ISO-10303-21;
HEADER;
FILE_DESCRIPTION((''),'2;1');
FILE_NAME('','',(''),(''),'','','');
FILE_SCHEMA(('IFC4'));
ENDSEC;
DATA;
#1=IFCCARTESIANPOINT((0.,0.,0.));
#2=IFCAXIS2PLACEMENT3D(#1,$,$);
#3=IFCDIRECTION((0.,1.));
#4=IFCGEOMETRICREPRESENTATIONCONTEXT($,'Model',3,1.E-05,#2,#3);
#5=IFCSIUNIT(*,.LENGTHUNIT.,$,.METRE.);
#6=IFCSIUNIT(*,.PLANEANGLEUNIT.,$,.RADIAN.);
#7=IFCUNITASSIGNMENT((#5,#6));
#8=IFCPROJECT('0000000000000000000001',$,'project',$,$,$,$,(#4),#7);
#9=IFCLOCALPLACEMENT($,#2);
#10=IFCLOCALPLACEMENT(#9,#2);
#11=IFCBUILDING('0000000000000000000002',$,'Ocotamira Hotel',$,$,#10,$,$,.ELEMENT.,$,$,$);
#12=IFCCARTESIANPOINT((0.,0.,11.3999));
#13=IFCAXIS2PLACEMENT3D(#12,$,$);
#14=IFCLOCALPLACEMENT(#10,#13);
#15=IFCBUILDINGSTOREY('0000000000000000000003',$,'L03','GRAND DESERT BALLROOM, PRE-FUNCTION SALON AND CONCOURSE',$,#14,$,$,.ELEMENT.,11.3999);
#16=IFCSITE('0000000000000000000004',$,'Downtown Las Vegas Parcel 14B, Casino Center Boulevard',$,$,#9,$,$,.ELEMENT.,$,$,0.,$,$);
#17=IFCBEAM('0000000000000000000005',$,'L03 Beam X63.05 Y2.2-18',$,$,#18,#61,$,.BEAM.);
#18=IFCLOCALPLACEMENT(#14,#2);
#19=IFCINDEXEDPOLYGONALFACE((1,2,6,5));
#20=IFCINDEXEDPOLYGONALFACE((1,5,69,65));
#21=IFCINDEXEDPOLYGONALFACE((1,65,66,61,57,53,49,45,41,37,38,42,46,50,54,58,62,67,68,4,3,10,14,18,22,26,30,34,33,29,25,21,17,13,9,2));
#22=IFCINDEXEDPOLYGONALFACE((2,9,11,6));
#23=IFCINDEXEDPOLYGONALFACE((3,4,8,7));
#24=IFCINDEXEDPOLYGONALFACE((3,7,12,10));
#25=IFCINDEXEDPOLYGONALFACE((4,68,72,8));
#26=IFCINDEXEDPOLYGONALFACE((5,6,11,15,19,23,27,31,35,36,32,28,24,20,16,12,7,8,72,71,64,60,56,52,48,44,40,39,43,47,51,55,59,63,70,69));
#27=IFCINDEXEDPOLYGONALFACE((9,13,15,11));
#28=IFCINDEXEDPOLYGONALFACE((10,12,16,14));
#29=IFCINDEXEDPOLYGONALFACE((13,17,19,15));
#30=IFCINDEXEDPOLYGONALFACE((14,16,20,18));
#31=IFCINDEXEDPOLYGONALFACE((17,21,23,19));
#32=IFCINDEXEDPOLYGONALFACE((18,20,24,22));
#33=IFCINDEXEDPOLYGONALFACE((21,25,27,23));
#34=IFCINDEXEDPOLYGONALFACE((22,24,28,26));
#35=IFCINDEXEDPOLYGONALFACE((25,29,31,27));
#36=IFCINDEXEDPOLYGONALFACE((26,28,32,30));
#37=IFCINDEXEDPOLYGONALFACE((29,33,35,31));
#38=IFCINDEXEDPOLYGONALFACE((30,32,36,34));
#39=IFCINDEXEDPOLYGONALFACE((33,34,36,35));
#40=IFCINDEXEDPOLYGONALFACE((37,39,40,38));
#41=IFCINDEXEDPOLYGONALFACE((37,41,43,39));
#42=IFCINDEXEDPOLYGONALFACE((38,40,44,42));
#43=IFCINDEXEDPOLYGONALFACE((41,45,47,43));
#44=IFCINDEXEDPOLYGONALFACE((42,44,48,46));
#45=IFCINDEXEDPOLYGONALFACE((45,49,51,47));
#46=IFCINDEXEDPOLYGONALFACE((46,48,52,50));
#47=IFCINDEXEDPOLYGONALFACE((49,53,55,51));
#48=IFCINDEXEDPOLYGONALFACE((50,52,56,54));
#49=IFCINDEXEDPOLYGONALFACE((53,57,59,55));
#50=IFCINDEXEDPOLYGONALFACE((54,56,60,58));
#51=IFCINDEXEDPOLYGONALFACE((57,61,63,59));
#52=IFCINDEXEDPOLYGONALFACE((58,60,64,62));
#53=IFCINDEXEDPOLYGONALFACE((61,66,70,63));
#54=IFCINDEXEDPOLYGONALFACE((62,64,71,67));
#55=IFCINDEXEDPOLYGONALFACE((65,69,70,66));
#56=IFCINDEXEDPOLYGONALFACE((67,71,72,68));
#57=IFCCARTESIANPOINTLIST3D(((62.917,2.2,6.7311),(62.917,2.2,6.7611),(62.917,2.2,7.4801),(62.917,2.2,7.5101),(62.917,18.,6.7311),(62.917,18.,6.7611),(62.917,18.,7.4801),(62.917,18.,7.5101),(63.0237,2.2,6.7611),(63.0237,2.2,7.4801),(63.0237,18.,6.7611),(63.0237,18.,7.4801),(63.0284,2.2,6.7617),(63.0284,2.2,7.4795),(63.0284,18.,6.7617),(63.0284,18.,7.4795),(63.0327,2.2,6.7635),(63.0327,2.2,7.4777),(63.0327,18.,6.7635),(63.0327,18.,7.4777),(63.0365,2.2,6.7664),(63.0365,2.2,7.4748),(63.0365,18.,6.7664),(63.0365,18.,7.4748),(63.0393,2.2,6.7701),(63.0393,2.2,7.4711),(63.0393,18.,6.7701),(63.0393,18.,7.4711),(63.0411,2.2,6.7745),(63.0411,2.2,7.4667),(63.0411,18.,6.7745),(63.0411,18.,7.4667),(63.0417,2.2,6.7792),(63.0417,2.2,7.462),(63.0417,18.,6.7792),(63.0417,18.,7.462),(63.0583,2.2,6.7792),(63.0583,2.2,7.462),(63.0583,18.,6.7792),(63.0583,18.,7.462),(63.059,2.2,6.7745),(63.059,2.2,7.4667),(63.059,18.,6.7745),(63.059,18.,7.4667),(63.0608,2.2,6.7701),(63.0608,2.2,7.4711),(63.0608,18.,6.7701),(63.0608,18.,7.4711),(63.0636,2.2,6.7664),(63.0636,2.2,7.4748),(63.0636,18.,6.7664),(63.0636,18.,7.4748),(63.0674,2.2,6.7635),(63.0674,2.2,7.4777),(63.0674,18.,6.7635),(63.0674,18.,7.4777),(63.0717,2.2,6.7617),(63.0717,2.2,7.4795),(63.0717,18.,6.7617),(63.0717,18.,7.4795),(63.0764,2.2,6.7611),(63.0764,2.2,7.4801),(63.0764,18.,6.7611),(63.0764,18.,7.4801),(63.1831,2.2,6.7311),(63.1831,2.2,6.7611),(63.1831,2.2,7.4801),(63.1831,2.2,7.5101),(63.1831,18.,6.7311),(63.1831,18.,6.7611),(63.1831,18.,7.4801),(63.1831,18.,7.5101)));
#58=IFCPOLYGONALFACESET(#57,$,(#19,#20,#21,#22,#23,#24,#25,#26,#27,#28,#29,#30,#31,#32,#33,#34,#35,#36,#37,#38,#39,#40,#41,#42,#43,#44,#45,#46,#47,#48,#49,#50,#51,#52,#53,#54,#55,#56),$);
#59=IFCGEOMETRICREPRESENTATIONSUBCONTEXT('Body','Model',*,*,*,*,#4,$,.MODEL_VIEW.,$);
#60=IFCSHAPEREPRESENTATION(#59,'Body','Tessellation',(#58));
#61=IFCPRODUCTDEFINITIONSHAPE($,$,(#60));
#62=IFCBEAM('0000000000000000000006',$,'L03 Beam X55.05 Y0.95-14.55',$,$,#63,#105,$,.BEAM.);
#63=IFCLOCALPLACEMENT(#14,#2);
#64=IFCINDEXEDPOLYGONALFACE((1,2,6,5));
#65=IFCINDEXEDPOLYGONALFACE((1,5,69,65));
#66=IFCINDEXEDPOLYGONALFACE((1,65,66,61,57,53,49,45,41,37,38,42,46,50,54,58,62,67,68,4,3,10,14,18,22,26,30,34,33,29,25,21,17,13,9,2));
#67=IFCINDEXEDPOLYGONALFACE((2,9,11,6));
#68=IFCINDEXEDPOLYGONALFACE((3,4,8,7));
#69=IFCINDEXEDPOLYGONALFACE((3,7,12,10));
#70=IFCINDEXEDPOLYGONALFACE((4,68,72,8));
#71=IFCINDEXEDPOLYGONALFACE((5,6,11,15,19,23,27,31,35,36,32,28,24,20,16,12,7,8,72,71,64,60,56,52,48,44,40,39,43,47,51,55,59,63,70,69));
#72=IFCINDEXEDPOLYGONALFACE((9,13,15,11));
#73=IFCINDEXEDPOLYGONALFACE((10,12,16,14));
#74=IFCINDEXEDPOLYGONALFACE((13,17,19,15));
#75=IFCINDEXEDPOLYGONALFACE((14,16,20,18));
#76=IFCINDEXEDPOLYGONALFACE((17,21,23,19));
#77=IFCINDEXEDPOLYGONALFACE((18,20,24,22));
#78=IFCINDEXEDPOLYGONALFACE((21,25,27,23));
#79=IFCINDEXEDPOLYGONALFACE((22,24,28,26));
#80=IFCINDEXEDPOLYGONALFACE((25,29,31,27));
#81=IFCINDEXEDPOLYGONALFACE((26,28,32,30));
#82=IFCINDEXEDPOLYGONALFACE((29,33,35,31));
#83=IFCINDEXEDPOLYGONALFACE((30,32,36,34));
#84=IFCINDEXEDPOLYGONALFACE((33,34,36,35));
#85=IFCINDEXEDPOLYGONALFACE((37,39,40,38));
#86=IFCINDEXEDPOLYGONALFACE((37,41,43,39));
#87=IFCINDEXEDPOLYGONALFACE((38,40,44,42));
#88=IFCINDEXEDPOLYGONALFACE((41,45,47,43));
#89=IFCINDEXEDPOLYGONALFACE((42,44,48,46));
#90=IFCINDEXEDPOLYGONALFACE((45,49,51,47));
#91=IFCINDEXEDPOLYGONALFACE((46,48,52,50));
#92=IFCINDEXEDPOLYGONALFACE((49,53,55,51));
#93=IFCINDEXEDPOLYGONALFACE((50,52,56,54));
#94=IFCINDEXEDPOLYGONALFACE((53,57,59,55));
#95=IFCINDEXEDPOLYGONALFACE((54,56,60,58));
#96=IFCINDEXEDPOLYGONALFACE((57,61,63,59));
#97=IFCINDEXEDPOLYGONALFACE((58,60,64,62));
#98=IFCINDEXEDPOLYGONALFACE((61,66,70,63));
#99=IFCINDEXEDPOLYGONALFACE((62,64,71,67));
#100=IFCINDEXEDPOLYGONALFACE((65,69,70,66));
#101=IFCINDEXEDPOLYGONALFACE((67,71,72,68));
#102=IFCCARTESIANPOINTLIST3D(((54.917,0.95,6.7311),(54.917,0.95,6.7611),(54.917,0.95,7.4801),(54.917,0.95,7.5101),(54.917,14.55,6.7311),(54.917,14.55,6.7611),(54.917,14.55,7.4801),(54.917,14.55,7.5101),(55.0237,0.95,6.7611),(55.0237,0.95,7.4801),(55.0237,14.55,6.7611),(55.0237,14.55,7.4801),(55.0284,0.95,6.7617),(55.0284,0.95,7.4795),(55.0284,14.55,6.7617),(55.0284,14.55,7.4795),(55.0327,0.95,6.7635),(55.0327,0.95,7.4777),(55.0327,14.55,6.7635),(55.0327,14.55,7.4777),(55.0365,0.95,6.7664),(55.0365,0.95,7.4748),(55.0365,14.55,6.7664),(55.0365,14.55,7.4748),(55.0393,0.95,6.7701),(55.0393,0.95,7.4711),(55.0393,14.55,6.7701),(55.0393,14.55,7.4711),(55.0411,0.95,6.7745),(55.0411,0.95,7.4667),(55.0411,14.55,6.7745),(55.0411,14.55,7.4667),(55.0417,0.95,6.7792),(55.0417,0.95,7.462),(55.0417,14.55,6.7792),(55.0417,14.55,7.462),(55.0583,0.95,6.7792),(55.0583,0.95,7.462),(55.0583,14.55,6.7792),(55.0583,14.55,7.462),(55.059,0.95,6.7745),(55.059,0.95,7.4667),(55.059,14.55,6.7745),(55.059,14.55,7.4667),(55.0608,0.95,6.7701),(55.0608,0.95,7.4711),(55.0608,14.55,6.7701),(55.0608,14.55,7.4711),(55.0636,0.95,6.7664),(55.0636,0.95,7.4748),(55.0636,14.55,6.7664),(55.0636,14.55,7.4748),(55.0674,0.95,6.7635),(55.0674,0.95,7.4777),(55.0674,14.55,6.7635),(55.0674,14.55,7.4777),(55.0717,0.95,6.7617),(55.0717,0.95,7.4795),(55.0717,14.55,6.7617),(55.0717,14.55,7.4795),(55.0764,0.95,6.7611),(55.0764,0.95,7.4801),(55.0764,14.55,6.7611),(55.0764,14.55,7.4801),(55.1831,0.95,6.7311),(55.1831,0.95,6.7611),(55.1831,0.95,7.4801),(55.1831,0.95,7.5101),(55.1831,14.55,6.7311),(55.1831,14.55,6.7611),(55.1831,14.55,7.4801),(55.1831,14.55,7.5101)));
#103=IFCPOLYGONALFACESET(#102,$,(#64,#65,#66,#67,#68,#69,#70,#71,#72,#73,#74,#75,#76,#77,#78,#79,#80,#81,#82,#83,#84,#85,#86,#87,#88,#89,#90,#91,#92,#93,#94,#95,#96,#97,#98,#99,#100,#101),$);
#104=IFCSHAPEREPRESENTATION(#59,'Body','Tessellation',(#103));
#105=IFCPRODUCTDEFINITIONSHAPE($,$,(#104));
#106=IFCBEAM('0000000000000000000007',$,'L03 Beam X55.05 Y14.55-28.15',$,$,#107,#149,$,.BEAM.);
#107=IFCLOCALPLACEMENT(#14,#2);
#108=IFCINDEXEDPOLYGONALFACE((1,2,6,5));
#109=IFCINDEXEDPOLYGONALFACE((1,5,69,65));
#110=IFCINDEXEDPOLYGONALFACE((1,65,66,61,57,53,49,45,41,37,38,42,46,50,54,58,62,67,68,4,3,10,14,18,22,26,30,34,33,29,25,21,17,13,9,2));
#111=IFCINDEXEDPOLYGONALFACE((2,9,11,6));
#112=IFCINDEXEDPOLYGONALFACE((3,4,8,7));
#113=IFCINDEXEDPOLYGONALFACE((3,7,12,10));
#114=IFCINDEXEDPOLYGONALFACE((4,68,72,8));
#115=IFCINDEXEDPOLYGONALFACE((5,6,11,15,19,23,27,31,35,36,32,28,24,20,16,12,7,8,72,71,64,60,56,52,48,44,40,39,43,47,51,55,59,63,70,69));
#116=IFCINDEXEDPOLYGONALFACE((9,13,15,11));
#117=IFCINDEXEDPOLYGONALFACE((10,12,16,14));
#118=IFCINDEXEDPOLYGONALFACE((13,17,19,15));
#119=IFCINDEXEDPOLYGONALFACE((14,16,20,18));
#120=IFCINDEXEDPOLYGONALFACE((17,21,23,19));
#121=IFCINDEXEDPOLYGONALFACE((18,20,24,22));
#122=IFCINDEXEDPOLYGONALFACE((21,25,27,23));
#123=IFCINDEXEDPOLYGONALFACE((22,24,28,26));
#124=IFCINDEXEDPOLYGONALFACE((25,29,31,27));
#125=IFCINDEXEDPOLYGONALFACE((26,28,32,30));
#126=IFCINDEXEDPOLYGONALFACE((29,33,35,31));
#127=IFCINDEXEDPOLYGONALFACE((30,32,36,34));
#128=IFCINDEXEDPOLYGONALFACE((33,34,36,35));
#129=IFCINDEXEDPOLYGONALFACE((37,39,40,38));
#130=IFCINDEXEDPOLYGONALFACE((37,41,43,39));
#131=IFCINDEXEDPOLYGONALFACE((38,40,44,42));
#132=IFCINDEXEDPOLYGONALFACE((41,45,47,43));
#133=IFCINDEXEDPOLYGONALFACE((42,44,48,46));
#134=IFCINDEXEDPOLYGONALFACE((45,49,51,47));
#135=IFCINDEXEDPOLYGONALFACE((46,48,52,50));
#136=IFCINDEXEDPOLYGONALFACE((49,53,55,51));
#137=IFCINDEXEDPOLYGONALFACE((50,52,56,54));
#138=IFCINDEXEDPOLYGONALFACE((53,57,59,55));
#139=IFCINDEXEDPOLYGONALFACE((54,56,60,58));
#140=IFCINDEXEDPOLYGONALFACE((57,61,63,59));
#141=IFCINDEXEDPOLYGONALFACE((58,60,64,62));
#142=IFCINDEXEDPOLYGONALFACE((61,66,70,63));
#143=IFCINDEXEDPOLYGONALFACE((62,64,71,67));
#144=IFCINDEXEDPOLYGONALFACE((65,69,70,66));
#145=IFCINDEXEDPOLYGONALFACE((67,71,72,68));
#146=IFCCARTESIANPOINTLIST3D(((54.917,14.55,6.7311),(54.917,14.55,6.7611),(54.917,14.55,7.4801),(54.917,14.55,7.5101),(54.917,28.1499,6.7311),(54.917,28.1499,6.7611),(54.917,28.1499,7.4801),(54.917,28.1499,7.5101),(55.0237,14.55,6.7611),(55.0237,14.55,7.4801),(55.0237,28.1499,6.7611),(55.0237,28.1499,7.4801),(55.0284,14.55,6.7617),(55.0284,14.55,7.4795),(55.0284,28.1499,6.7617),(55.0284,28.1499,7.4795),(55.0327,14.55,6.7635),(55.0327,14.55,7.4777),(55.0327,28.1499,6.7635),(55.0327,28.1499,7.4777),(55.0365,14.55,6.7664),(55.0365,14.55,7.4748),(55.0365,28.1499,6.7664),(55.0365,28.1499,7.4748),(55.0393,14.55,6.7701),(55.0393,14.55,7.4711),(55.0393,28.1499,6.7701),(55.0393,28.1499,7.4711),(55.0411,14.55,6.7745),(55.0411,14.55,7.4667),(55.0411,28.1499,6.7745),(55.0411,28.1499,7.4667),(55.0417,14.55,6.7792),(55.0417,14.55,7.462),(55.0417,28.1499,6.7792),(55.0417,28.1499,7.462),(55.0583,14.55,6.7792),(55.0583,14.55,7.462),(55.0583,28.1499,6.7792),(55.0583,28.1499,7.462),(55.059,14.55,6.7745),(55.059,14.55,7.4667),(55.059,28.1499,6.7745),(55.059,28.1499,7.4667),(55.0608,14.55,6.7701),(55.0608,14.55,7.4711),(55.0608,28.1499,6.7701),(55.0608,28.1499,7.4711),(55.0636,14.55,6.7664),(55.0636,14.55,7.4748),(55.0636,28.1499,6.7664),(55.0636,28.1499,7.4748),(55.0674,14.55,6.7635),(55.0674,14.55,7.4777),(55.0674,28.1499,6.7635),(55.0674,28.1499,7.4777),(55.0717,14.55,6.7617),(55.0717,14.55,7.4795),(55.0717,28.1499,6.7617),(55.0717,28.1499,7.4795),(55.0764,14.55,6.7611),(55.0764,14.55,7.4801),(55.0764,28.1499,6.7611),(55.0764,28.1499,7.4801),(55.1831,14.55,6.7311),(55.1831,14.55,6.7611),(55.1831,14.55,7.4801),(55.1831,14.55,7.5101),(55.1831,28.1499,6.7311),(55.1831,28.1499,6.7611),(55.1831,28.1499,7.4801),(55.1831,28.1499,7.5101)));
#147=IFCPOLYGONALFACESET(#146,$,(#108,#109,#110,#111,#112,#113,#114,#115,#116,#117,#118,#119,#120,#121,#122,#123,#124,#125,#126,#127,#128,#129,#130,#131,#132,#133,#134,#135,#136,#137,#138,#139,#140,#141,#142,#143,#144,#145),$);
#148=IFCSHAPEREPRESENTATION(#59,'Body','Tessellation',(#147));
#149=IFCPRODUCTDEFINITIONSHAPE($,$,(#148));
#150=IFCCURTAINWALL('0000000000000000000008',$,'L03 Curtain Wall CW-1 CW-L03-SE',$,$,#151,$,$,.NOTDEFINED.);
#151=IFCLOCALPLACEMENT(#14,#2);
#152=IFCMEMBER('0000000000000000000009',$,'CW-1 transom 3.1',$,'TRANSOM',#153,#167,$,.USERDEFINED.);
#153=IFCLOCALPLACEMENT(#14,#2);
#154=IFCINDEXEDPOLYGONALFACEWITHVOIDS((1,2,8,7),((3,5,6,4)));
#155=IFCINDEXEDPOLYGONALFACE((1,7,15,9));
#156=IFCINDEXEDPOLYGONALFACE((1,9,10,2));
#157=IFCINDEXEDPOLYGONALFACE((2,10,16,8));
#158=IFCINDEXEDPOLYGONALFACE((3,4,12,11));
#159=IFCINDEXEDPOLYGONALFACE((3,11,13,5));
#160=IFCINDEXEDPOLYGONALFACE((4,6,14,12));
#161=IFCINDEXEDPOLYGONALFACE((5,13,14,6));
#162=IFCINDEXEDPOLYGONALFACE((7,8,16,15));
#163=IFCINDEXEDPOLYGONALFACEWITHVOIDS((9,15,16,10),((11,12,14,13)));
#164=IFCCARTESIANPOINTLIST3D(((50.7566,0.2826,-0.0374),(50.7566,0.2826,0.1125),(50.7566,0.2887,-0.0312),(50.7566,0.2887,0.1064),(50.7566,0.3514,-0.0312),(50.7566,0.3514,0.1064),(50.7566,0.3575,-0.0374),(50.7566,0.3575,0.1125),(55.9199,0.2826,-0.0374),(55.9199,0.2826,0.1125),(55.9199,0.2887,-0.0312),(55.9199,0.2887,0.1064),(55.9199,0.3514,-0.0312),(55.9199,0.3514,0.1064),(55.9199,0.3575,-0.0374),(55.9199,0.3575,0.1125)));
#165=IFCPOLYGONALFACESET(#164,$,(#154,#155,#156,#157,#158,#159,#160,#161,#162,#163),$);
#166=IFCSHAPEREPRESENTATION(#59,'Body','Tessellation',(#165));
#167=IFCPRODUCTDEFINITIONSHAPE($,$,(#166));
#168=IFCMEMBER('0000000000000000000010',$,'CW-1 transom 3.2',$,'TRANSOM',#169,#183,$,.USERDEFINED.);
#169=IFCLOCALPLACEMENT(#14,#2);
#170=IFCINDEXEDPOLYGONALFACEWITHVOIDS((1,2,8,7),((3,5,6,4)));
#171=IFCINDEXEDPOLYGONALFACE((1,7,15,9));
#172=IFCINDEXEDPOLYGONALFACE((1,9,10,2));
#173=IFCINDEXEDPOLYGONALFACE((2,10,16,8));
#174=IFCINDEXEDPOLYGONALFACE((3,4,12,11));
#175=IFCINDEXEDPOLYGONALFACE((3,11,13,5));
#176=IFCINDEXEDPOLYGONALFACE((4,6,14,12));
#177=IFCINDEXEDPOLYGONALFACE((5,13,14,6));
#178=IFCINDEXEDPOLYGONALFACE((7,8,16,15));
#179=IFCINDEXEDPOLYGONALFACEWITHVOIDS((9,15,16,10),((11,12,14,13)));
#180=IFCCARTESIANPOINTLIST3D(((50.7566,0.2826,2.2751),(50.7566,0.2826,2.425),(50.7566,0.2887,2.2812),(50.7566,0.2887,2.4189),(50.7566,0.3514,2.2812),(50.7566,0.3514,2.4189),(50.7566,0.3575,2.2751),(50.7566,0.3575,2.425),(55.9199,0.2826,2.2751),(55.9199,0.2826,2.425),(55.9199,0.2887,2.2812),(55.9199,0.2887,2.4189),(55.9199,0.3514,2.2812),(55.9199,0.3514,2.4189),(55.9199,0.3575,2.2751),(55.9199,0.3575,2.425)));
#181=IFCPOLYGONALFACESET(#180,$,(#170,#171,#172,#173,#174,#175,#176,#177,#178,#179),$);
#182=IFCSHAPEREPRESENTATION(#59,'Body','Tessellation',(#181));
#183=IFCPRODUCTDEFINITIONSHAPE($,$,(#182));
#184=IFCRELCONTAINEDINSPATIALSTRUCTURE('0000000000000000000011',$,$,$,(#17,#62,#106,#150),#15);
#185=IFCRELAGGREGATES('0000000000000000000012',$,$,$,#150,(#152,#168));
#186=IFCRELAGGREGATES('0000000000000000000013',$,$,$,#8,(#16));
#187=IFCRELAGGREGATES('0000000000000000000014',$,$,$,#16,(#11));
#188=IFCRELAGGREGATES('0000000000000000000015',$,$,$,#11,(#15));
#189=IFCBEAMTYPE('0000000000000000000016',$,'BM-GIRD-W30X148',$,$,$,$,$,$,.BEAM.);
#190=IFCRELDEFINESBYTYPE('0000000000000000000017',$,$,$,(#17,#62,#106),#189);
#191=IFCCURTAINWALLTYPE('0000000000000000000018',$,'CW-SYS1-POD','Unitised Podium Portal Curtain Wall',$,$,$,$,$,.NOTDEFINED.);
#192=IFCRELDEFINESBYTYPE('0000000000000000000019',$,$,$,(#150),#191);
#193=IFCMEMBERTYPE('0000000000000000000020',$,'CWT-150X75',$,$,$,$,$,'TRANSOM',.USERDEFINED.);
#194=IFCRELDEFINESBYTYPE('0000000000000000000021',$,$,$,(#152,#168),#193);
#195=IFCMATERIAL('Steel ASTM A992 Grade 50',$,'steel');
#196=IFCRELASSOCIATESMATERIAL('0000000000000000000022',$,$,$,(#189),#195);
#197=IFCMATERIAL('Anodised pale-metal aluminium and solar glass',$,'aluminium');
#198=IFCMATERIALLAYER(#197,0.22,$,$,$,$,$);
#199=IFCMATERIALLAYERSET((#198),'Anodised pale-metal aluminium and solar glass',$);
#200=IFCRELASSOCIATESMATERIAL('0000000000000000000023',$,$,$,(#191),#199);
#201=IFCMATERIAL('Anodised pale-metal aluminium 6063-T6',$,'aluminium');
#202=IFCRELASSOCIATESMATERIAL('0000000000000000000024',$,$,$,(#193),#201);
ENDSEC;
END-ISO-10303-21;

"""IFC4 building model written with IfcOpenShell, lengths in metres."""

from ifc_helpers import new_model, si_unit, direction, frame, origin, origin_2d, place, context, subcontext, project, spatial, hollow_rectangle, i_section, extrude, source, transform, mapped, material, layer, layer_set, material_profile, profile_set, type_object, element, aggregate, save


model = new_model("IFC4")

# Units and contexts
model_context = context("Model", 3, precision=1e-05, world=origin(), true_north=direction((0.0, 1.0)))
body_context = subcontext(model_context, "Body", "Model", "MODEL_VIEW")
ifc_project = project(units=[si_unit("LENGTHUNIT", "METRE"), si_unit("PLANEANGLEUNIT", "RADIAN")], contexts=[model_context])

# Site, building, storey
site_placement = place(None, origin())
site = spatial("IfcSite", under=ifc_project, at=site_placement, Name="Downtown Las Vegas Parcel 14B, Casino Center Boulevard", CompositionType="ELEMENT", RefElevation=0.0)
building_placement = place(site_placement, origin())
building = spatial("IfcBuilding", under=site, at=building_placement, Name="Ocotamira Hotel", CompositionType="ELEMENT")
storey_placement = place(building_placement, frame((0.0, 0.0, 11.3999)))
storey = spatial("IfcBuildingStorey", under=building, at=storey_placement, Name="L03", Description="GRAND DESERT BALLROOM, PRE-FUNCTION SALON AND CONCOURSE", CompositionType="ELEMENT", Elevation=11.3999)

# Beams
ifc_material_1 = material(Name="Steel ASTM A992 Grade 50", Category="steel")
ifc_material_profile_1 = material_profile(ifc_material_1, i_section(OverallWidth=0.2661, OverallDepth=0.7791, WebThickness=0.0166, FlangeThickness=0.03, FilletRadius=0.0181, at=origin_2d()), Name="W30X148")
ifc_profile_set_1 = profile_set([ifc_material_profile_1], Name="Steel ASTM A992 Grade 50")
beam_type_1 = type_object("IfcBeamType", Name="BM-GIRD-W30X148", PredefinedType="BEAM", material=ifc_profile_set_1)
shared_shape_1 = source(origin(), body_context, "Body", "SweptSolid", [
    extrude(i_section(OverallWidth=0.2661, OverallDepth=0.7791, WebThickness=0.0166, FlangeThickness=0.03, FilletRadius=0.0181, at=origin_2d()), origin(), (0.0, 0.0, 1.0), 15.8),
])
beam_1_placement = place(storey_placement, frame((63.05, 2.2, 7.1206), z_axis=(0.0, 1.0, 0.0), x_axis=(-1.0, 0.0, 0.0)))
element("IfcBeam", 1, at=beam_1_placement, inside=storey, type_object=beam_type_1, Name="L03 Beam X63.05 Y2.2-18", PredefinedType="BEAM", context=body_context, shape_type="MappedRepresentation", body=[
    mapped(shared_shape_1, transform((0.0, 0.0, 0.0), scale=1.0)),
])
shared_shape_2 = source(origin(), body_context, "Body", "SweptSolid", [
    extrude(i_section(OverallWidth=0.2661, OverallDepth=0.7791, WebThickness=0.0166, FlangeThickness=0.03, FilletRadius=0.0181, at=origin_2d()), origin(), (0.0, 0.0, 1.0), 13.6001),
])
beam_2_placement = place(storey_placement, frame((55.05, 0.95, 7.1206), z_axis=(0.0, 1.0, 0.0), x_axis=(-1.0, 0.0, 0.0)))
element("IfcBeam", 2, at=beam_2_placement, inside=storey, type_object=beam_type_1, Name="L03 Beam X55.05 Y0.95-14.55", PredefinedType="BEAM", context=body_context, shape_type="MappedRepresentation", body=[
    mapped(shared_shape_2, transform((0.0, 0.0, 0.0), scale=1.0)),
])
shared_shape_3 = source(origin(), body_context, "Body", "SweptSolid", [
    extrude(i_section(OverallWidth=0.2661, OverallDepth=0.7791, WebThickness=0.0166, FlangeThickness=0.03, FilletRadius=0.0181, at=origin_2d()), origin(), (0.0, 0.0, 1.0), 13.5999),
])
beam_3_placement = place(storey_placement, frame((55.05, 14.55, 7.1206), z_axis=(0.0, 1.0, 0.0), x_axis=(-1.0, 0.0, 0.0)))
element("IfcBeam", 3, at=beam_3_placement, inside=storey, type_object=beam_type_1, Name="L03 Beam X55.05 Y14.55-28.15", PredefinedType="BEAM", context=body_context, shape_type="MappedRepresentation", body=[
    mapped(shared_shape_3, transform((0.0, 0.0, 0.0), scale=1.0)),
])

# Curtain wall, members
ifc_material_2 = material(Name="Anodised pale-metal aluminium and solar glass", Category="aluminium")
ifc_layer_1 = layer(ifc_material_2, 0.22)
ifc_layer_set_1 = layer_set([ifc_layer_1], Name="Anodised pale-metal aluminium and solar glass")
curtain_wall_type = type_object("IfcCurtainWallType", Name="CW-SYS1-POD", Description="Unitised Podium Portal Curtain Wall", PredefinedType="NOTDEFINED", material=ifc_layer_set_1)
curtain_wall_placement = place(storey_placement, origin())
curtain_wall = element("IfcCurtainWall", 4, at=curtain_wall_placement, inside=storey, type_object=curtain_wall_type, Name="L03 Curtain Wall CW-1 CW-L03-SE", PredefinedType="NOTDEFINED")
ifc_material_3 = material(Name="Anodised pale-metal aluminium 6063-T6", Category="aluminium")
ifc_material_profile_2 = material_profile(ifc_material_3, hollow_rectangle(XDim=0.075, YDim=0.1499, WallThickness=0.0061, at=origin_2d()), Name="HSS150X75X6")
ifc_profile_set_2 = profile_set([ifc_material_profile_2], Name="Anodised pale-metal aluminium 6063-T6")
member_type_1 = type_object("IfcMemberType", Name="CWT-150X75", ElementType="TRANSOM", PredefinedType="USERDEFINED", material=ifc_profile_set_2)
shared_shape_4 = source(origin(), body_context, "Body", "SweptSolid", [
    extrude(hollow_rectangle(XDim=0.075, YDim=0.1499, WallThickness=0.0061, at=origin_2d()), origin(), (0.0, 0.0, 1.0), 5.1633),
])
member_1_placement = place(storey_placement, frame((50.7566, 0.3201, 0.0376), z_axis=(1.0, 0.0, 0.0), x_axis=(0.0, 1.0, 0.0)))
member_1 = element("IfcMember", 5, at=member_1_placement, type_object=member_type_1, Name="CW-1 transom 3.1", ObjectType="TRANSOM", PredefinedType="USERDEFINED", context=body_context, shape_type="MappedRepresentation", body=[
    mapped(shared_shape_4, transform((0.0, 0.0, 0.0), scale=1.0)),
])
member_2_placement = place(storey_placement, frame((50.7566, 0.3201, 2.3501), z_axis=(1.0, 0.0, 0.0), x_axis=(0.0, 1.0, 0.0)))
member_2 = element("IfcMember", 6, at=member_2_placement, type_object=member_type_1, Name="CW-1 transom 3.2", ObjectType="TRANSOM", PredefinedType="USERDEFINED", context=body_context, shape_type="MappedRepresentation", body=[
    mapped(shared_shape_4, transform((0.0, 0.0, 0.0), scale=1.0)),
])
aggregate(curtain_wall, [member_1, member_2])

save(model, "model.ifc")
